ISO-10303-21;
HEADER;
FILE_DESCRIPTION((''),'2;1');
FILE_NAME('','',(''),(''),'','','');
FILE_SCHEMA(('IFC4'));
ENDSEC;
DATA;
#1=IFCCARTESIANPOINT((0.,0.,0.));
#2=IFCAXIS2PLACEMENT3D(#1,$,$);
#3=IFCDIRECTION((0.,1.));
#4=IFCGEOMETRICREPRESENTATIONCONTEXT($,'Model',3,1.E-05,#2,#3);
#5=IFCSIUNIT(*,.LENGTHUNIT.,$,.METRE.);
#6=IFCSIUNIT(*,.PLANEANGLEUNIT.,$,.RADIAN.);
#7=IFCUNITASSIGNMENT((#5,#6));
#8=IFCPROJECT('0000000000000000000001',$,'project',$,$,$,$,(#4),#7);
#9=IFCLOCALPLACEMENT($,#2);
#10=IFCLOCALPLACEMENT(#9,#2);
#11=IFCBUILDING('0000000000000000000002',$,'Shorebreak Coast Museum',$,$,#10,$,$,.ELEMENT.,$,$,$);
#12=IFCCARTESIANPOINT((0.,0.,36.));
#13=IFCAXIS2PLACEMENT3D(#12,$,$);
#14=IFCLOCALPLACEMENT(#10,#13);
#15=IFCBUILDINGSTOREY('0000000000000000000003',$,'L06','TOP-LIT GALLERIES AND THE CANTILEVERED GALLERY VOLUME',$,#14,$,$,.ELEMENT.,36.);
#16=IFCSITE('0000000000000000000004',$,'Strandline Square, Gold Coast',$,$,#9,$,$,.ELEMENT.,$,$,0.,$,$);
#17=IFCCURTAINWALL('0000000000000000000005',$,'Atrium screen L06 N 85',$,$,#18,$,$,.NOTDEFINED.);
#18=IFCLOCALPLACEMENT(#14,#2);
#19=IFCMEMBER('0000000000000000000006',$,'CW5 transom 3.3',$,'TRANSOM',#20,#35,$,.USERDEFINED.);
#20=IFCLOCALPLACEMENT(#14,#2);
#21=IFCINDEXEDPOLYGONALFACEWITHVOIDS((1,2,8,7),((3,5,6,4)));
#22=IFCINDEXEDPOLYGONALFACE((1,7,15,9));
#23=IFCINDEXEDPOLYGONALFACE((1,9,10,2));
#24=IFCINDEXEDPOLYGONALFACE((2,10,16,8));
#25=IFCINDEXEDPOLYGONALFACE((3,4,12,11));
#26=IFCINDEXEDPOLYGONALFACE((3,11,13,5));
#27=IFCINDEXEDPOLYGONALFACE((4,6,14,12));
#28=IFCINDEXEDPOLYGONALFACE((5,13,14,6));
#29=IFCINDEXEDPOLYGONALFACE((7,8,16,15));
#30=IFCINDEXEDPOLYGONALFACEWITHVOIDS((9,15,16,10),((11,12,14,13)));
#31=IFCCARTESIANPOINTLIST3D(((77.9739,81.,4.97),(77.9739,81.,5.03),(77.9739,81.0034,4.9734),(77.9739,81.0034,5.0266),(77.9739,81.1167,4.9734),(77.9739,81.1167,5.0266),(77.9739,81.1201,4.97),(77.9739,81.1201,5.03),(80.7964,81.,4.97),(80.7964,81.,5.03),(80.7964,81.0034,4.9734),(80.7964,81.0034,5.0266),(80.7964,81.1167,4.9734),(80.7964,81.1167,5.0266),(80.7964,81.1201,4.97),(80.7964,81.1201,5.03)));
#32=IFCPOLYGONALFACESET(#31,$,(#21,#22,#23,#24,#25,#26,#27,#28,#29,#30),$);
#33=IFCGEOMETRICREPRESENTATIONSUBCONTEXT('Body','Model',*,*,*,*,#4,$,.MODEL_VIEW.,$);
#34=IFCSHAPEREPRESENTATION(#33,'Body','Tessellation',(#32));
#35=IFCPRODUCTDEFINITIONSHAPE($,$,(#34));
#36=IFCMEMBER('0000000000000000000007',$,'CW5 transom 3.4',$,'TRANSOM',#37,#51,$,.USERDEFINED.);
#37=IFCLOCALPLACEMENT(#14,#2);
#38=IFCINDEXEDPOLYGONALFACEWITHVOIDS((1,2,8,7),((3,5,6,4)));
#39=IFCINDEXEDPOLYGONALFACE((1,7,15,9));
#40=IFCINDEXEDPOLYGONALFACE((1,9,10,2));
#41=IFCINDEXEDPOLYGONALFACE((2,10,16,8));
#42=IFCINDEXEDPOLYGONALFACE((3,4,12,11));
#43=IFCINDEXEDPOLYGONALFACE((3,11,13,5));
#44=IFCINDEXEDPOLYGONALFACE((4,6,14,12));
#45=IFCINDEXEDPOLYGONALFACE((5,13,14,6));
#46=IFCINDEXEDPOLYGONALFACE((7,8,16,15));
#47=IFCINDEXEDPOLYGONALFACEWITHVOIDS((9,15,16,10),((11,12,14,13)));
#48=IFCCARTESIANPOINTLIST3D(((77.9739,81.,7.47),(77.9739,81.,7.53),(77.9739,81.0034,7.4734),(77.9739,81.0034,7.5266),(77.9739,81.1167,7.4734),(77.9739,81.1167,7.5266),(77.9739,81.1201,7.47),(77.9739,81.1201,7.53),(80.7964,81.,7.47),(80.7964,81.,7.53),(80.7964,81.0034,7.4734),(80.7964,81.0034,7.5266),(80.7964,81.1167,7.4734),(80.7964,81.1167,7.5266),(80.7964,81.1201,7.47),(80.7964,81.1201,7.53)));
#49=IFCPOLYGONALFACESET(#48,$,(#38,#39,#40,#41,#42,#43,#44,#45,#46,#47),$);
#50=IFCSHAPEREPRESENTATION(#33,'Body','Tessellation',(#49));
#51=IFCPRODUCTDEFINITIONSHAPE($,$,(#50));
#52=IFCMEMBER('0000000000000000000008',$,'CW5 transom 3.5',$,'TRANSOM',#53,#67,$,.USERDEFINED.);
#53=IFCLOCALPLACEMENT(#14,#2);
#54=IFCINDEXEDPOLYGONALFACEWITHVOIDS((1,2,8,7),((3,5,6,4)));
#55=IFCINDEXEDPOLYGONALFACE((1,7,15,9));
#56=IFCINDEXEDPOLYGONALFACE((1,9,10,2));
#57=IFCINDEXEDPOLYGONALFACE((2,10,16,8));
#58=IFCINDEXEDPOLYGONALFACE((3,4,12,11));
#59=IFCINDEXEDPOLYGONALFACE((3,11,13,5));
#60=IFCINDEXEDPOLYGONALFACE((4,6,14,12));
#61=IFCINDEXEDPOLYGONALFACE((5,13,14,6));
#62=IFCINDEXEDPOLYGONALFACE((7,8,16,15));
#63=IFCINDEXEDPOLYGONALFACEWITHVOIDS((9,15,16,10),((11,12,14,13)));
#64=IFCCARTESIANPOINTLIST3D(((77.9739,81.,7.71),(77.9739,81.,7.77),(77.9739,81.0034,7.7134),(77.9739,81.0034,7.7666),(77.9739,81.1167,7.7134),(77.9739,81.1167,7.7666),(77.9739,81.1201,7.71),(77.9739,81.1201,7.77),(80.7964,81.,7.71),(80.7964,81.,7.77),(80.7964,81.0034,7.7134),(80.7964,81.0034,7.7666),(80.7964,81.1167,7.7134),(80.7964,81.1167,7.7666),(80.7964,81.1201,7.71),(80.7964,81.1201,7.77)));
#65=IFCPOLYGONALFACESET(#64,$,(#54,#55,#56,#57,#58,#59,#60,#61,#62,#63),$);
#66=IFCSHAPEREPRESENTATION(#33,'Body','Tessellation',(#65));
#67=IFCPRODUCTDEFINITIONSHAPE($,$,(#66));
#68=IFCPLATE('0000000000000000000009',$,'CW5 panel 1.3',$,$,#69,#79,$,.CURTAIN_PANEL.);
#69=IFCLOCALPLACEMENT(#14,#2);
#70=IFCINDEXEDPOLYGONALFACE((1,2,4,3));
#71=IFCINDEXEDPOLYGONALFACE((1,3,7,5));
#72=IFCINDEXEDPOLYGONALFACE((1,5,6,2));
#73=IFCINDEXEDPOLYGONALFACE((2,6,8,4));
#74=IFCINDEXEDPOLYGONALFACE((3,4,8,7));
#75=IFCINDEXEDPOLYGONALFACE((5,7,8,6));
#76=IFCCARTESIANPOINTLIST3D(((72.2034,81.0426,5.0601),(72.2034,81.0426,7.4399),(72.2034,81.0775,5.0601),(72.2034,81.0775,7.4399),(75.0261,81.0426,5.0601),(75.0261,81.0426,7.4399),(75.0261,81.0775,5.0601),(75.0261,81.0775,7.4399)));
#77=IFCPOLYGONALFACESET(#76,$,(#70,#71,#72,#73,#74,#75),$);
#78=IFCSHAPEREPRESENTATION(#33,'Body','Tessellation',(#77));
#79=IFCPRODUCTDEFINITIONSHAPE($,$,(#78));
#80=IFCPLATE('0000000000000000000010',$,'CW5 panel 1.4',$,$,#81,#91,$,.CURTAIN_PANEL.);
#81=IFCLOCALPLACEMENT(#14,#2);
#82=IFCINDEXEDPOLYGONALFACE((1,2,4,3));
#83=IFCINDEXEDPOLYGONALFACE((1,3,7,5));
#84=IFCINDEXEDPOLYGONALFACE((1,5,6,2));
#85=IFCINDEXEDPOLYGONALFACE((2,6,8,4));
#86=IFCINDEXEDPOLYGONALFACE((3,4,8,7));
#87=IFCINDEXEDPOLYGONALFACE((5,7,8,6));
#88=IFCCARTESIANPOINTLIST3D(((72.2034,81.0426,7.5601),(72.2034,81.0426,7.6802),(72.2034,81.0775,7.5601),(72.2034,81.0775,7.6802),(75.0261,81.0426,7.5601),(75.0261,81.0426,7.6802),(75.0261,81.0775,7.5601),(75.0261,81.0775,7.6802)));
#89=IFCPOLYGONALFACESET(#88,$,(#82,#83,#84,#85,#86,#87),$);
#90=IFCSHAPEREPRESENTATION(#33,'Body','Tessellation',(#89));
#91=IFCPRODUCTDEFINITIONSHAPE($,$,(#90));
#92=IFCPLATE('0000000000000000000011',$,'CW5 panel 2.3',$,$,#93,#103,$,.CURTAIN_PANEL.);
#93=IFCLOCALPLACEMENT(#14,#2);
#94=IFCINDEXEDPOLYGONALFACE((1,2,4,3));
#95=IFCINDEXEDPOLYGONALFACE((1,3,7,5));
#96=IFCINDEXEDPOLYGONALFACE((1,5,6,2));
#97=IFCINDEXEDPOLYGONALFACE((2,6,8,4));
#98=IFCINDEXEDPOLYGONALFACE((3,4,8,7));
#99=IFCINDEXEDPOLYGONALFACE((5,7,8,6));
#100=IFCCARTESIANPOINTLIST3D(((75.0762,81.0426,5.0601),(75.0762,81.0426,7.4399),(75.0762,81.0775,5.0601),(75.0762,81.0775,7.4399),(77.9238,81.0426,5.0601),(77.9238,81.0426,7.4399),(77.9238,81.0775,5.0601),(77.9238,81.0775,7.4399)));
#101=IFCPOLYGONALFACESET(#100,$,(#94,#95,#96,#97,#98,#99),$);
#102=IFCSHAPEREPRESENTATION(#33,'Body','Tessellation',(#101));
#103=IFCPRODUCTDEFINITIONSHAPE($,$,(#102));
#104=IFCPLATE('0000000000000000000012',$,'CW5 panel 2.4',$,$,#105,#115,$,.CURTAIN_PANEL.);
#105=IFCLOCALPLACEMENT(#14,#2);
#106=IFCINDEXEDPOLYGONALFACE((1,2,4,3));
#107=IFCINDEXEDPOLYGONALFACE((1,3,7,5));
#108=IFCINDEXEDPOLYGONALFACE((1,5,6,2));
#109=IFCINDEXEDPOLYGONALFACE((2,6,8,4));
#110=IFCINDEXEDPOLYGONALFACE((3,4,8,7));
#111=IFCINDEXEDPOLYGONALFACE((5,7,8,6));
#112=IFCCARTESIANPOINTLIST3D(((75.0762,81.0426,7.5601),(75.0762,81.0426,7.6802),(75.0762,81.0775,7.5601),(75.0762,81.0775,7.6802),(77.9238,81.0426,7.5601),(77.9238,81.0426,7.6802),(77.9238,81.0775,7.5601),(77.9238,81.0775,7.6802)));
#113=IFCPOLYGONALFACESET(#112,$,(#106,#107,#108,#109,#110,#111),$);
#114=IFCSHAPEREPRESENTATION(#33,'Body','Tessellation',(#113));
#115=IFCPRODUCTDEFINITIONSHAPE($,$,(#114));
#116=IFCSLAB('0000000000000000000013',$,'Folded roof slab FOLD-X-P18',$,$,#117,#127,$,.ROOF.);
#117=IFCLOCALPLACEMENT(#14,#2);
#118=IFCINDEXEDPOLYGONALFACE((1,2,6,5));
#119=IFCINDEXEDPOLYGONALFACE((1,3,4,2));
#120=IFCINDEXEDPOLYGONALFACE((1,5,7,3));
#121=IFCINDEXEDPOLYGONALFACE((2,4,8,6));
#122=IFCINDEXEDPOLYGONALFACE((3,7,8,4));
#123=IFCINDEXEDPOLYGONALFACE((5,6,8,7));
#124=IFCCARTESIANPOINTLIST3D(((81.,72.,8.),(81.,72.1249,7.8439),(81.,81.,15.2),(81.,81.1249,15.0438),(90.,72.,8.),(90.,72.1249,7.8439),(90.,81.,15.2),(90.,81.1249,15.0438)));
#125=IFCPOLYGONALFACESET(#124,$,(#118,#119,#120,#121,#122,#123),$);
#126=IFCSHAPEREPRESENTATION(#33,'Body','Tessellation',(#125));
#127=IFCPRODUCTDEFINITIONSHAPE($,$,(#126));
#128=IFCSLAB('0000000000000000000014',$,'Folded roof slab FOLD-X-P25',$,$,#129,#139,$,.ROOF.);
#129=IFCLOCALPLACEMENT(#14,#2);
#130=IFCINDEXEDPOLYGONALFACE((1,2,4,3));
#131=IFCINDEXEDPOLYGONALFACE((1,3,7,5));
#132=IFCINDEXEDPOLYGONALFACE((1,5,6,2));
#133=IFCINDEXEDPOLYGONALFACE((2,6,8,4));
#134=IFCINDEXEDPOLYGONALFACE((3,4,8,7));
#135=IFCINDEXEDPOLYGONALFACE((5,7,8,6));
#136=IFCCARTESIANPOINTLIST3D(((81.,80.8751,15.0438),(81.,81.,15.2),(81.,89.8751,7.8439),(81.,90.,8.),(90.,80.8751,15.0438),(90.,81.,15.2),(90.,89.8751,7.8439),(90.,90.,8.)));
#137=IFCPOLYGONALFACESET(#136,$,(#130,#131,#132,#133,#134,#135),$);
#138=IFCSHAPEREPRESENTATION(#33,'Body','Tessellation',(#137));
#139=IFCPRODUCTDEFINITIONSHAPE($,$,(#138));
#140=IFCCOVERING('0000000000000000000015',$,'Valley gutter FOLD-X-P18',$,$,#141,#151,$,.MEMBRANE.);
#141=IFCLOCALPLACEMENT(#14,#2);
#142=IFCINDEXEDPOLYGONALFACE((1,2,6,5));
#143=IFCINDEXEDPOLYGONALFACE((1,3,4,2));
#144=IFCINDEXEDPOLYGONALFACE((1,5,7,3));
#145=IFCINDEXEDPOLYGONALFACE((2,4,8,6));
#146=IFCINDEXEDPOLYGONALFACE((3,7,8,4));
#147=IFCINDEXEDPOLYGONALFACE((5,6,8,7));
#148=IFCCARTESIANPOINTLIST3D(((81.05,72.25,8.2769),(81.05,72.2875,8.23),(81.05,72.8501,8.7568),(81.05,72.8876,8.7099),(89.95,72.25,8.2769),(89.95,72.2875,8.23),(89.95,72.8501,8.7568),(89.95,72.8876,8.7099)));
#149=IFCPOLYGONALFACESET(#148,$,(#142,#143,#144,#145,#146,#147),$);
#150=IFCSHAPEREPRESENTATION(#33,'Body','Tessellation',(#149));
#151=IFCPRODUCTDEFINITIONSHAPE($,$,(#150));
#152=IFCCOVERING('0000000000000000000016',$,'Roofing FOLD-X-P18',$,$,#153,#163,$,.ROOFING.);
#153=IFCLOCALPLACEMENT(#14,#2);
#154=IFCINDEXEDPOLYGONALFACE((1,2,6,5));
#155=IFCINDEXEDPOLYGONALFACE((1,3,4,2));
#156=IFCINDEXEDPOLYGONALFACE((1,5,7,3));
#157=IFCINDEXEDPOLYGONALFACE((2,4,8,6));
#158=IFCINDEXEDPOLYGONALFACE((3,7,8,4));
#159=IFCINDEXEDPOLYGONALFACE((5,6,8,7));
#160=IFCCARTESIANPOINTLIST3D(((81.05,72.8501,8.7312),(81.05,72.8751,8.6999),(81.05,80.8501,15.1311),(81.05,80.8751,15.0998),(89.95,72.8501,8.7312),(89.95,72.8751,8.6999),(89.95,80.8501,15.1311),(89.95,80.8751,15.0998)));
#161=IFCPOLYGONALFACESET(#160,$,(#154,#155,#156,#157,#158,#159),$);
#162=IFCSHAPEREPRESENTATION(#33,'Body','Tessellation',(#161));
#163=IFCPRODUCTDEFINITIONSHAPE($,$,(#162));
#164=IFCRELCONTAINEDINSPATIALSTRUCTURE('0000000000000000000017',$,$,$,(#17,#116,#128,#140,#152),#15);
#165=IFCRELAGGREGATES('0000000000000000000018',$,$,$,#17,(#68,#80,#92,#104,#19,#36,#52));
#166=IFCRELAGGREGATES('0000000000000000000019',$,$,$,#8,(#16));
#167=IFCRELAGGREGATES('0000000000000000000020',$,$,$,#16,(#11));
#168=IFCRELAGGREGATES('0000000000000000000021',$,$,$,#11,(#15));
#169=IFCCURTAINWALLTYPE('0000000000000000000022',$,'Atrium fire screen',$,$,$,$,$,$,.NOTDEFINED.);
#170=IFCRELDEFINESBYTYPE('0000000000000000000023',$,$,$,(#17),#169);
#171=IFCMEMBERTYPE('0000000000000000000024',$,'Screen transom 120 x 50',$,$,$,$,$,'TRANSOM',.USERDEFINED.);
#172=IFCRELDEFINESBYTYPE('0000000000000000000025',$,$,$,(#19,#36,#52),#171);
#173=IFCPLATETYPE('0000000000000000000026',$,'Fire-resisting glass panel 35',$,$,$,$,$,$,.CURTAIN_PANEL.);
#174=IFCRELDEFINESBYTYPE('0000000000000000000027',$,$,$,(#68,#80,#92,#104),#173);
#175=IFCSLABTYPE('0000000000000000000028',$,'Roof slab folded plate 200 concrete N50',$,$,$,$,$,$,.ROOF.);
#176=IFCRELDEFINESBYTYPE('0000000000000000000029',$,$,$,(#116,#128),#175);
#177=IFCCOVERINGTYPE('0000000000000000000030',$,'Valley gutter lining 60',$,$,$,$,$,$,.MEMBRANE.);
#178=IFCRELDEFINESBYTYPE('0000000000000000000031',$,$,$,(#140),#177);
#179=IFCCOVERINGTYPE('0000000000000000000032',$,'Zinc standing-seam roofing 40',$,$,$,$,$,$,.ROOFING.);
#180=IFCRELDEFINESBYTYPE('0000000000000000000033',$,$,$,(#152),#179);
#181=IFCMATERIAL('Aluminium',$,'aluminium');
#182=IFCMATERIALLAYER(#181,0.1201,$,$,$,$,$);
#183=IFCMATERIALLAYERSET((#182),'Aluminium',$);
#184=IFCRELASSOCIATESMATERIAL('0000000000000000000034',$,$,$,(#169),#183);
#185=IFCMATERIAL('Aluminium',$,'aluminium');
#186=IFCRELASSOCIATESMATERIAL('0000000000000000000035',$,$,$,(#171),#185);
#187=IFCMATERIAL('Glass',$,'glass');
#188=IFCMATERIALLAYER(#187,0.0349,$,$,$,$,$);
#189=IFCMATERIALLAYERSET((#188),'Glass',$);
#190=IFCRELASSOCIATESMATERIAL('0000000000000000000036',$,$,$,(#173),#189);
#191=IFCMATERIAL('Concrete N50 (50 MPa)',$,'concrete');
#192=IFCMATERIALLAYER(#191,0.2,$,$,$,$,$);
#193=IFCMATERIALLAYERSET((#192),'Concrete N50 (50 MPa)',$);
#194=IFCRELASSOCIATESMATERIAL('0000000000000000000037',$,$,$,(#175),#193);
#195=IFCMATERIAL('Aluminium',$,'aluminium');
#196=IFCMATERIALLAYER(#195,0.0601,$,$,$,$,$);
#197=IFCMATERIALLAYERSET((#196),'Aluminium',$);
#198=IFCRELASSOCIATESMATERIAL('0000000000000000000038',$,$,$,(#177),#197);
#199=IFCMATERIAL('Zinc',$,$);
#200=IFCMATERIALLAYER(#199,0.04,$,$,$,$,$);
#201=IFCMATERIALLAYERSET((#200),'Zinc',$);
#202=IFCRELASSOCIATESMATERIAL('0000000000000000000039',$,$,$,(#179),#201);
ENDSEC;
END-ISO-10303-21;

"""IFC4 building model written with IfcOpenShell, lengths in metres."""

from ifc_helpers import new_model, si_unit, direction, frame, origin, origin_2d, place, context, subcontext, project, spatial, polyline, rectangle, hollow_rectangle, outline, extrude, material, layer, layer_set, material_profile, profile_set, type_object, element, aggregate, save


model = new_model("IFC4")

# Units and contexts
model_context = context("Model", 3, precision=1e-05, world=origin(), true_north=direction((0.0, 1.0)))
body_context = subcontext(model_context, "Body", "Model", "MODEL_VIEW")
ifc_project = project(units=[si_unit("LENGTHUNIT", "METRE"), si_unit("PLANEANGLEUNIT", "RADIAN")], contexts=[model_context])

# Site, building, storey
site_placement = place(None, origin())
site = spatial("IfcSite", under=ifc_project, at=site_placement, Name="Strandline Square, Gold Coast", CompositionType="ELEMENT", RefElevation=0.0)
building_placement = place(site_placement, origin())
building = spatial("IfcBuilding", under=site, at=building_placement, Name="Shorebreak Coast Museum", CompositionType="ELEMENT")
storey_placement = place(building_placement, frame((0.0, 0.0, 36.0)))
storey = spatial("IfcBuildingStorey", under=building, at=storey_placement, Name="L06", Description="TOP-LIT GALLERIES AND THE CANTILEVERED GALLERY VOLUME", CompositionType="ELEMENT", Elevation=36.0)

# Curtain wall, members, plates
ifc_material_1 = material(Name="Aluminium", Category="aluminium")
ifc_layer_1 = layer(ifc_material_1, 0.1201)
ifc_layer_set_1 = layer_set([ifc_layer_1], Name="Aluminium")
curtain_wall_type = type_object("IfcCurtainWallType", Name="Atrium fire screen", PredefinedType="NOTDEFINED", material=ifc_layer_set_1)
curtain_wall_placement = place(storey_placement, origin())
curtain_wall = element("IfcCurtainWall", 1, at=curtain_wall_placement, inside=storey, type_object=curtain_wall_type, Name="Atrium screen L06 N 85", PredefinedType="NOTDEFINED")
ifc_material_2 = material(Name="Aluminium", Category="aluminium")
ifc_material_profile_1 = material_profile(ifc_material_2, hollow_rectangle(XDim=0.1201, YDim=0.0601, WallThickness=0.0034, at=origin_2d()), Name="AL 60x120 RHS")
ifc_profile_set_1 = profile_set([ifc_material_profile_1], Name="Aluminium")
member_type_1 = type_object("IfcMemberType", Name="Screen transom 120 x 50", ElementType="TRANSOM", PredefinedType="USERDEFINED", material=ifc_profile_set_1)
member_1_placement = place(storey_placement, frame((77.9739, 81.0601, 5.0), z_axis=(1.0, 0.0, 0.0), x_axis=(0.0, 1.0, 0.0)))
member_1 = element("IfcMember", 2, at=member_1_placement, type_object=member_type_1, Name="CW5 transom 3.3", ObjectType="TRANSOM", PredefinedType="USERDEFINED", context=body_context, shape_type="SweptSolid", body=[
    extrude(hollow_rectangle(XDim=0.1201, YDim=0.0601, WallThickness=0.0034, at=origin_2d()), origin(), (0.0, 0.0, 1.0), 2.8225),
])
member_2_placement = place(storey_placement, frame((77.9739, 81.0601, 7.5), z_axis=(1.0, 0.0, 0.0), x_axis=(0.0, 1.0, 0.0)))
member_2 = element("IfcMember", 3, at=member_2_placement, type_object=member_type_1, Name="CW5 transom 3.4", ObjectType="TRANSOM", PredefinedType="USERDEFINED", context=body_context, shape_type="SweptSolid", body=[
    extrude(hollow_rectangle(XDim=0.1201, YDim=0.0601, WallThickness=0.0034, at=origin_2d()), origin(), (0.0, 0.0, 1.0), 2.8225),
])
member_3_placement = place(storey_placement, frame((77.9739, 81.0601, 7.74), z_axis=(1.0, 0.0, 0.0), x_axis=(0.0, 1.0, 0.0)))
member_3 = element("IfcMember", 4, at=member_3_placement, type_object=member_type_1, Name="CW5 transom 3.5", ObjectType="TRANSOM", PredefinedType="USERDEFINED", context=body_context, shape_type="SweptSolid", body=[
    extrude(hollow_rectangle(XDim=0.1201, YDim=0.0601, WallThickness=0.0034, at=origin_2d()), origin(), (0.0, 0.0, 1.0), 2.8225),
])
ifc_material_3 = material(Name="Glass", Category="glass")
ifc_layer_2 = layer(ifc_material_3, 0.0349)
ifc_layer_set_2 = layer_set([ifc_layer_2], Name="Glass")
plate_type = type_object("IfcPlateType", Name="Fire-resisting glass panel 35", PredefinedType="CURTAIN_PANEL", material=ifc_layer_set_2)
plate_1_placement = place(storey_placement, frame((73.6147, 81.0601, 5.0601), z_axis=(0.0, 0.0, 1.0), x_axis=(1.0, 0.0, 0.0)))
plate_1 = element("IfcPlate", 5, at=plate_1_placement, type_object=plate_type, Name="CW5 panel 1.3", PredefinedType="CURTAIN_PANEL", context=body_context, shape_type="SweptSolid", body=[
    extrude(rectangle(XDim=2.8228, YDim=0.0349, at=origin_2d()), origin(), (0.0, 0.0, 1.0), 2.3799),
])
plate_2_placement = place(storey_placement, frame((73.6147, 81.0601, 7.5601), z_axis=(0.0, 0.0, 1.0), x_axis=(1.0, 0.0, 0.0)))
plate_2 = element("IfcPlate", 6, at=plate_2_placement, type_object=plate_type, Name="CW5 panel 1.4", PredefinedType="CURTAIN_PANEL", context=body_context, shape_type="SweptSolid", body=[
    extrude(rectangle(XDim=2.8228, YDim=0.0349, at=origin_2d()), origin(), (0.0, 0.0, 1.0), 0.1201),
])
plate_3_placement = place(storey_placement, frame((76.5, 81.0601, 5.0601), z_axis=(0.0, 0.0, 1.0), x_axis=(1.0, 0.0, 0.0)))
plate_3 = element("IfcPlate", 7, at=plate_3_placement, type_object=plate_type, Name="CW5 panel 2.3", PredefinedType="CURTAIN_PANEL", context=body_context, shape_type="SweptSolid", body=[
    extrude(rectangle(XDim=2.8477, YDim=0.0349, at=origin_2d()), origin(), (0.0, 0.0, 1.0), 2.3799),
])
plate_4_placement = place(storey_placement, frame((76.5, 81.0601, 7.5601), z_axis=(0.0, 0.0, 1.0), x_axis=(1.0, 0.0, 0.0)))
plate_4 = element("IfcPlate", 8, at=plate_4_placement, type_object=plate_type, Name="CW5 panel 2.4", PredefinedType="CURTAIN_PANEL", context=body_context, shape_type="SweptSolid", body=[
    extrude(rectangle(XDim=2.8477, YDim=0.0349, at=origin_2d()), origin(), (0.0, 0.0, 1.0), 0.1201),
])
aggregate(curtain_wall, [plate_1, plate_2, plate_3, plate_4, member_1, member_2, member_3])

# Slabs
ifc_material_4 = material(Name="Concrete N50 (50 MPa)", Category="concrete")
ifc_layer_3 = layer(ifc_material_4, 0.2)
ifc_layer_set_3 = layer_set([ifc_layer_3], Name="Concrete N50 (50 MPa)")
slab_type = type_object("IfcSlabType", Name="Roof slab folded plate 200 concrete N50", PredefinedType="ROOF", material=ifc_layer_set_3)
for number, where, z_axis, x_axis, name in (
    (9, (81.0, 72.0, 8.0), (0.0, -0.624692, 0.780871), (1.0, 0.0, 0.0), "Folded roof slab FOLD-X-P18"),
    (10, (81.0, 81.0, 15.2), (0.0, 0.624692, 0.780871), (1.0, 0.0, 0.0), "Folded roof slab FOLD-X-P25"),
):
    element("IfcSlab", number, at=place(storey_placement, frame(where, z_axis=z_axis, x_axis=x_axis)), inside=storey, type_object=slab_type, Name=name, PredefinedType="ROOF", context=body_context, shape_type="SweptSolid", body=[
        extrude(outline(polyline([(0.0, 0.0), (9.0, 0.0), (9.0, 11.5256), (0.0, 11.5256), (0.0, 0.0)])), origin(), (0.0, 0.0, -1.0), 0.2),
    ])

# Coverings
ifc_material_5 = material(Name="Aluminium", Category="aluminium")
ifc_layer_4 = layer(ifc_material_5, 0.0601)
ifc_layer_set_4 = layer_set([ifc_layer_4], Name="Aluminium")
covering_type_1 = type_object("IfcCoveringType", Name="Valley gutter lining 60", PredefinedType="MEMBRANE", material=ifc_layer_set_4)
covering_1_placement = place(storey_placement, frame((81.05, 72.25, 8.2769), z_axis=(0.0, -0.624618, 0.780931), x_axis=(1.0, 0.0, 0.0)))
element("IfcCovering", 11, at=covering_1_placement, inside=storey, type_object=covering_type_1, Name="Valley gutter FOLD-X-P18", PredefinedType="MEMBRANE", context=body_context, shape_type="SweptSolid", body=[
    extrude(outline(polyline([(0.0, 0.0), (8.8999, 0.0), (8.8999, 0.7684), (0.0, 0.7684), (0.0, 0.0)])), origin(), (0.0, 0.0, -1.0), 0.0601),
])
ifc_material_6 = material(Name="Zinc")
ifc_layer_5 = layer(ifc_material_6, 0.04)
ifc_layer_set_5 = layer_set([ifc_layer_5], Name="Zinc")
covering_type_2 = type_object("IfcCoveringType", Name="Zinc standing-seam roofing 40", PredefinedType="ROOFING", material=ifc_layer_set_5)
covering_2_placement = place(storey_placement, frame((81.05, 72.8501, 8.7312), z_axis=(0.0, -0.624689, 0.780873), x_axis=(1.0, 0.0, 0.0)))
element("IfcCovering", 12, at=covering_2_placement, inside=storey, type_object=covering_type_2, Name="Roofing FOLD-X-P18", PredefinedType="ROOFING", context=body_context, shape_type="SweptSolid", body=[
    extrude(outline(polyline([(0.0, 0.0), (8.8999, 0.0), (8.8999, 10.2449), (0.0, 10.2449), (0.0, 0.0)])), origin(), (0.0, 0.0, -1.0), 0.04),
])

save(model, "model.ifc")
